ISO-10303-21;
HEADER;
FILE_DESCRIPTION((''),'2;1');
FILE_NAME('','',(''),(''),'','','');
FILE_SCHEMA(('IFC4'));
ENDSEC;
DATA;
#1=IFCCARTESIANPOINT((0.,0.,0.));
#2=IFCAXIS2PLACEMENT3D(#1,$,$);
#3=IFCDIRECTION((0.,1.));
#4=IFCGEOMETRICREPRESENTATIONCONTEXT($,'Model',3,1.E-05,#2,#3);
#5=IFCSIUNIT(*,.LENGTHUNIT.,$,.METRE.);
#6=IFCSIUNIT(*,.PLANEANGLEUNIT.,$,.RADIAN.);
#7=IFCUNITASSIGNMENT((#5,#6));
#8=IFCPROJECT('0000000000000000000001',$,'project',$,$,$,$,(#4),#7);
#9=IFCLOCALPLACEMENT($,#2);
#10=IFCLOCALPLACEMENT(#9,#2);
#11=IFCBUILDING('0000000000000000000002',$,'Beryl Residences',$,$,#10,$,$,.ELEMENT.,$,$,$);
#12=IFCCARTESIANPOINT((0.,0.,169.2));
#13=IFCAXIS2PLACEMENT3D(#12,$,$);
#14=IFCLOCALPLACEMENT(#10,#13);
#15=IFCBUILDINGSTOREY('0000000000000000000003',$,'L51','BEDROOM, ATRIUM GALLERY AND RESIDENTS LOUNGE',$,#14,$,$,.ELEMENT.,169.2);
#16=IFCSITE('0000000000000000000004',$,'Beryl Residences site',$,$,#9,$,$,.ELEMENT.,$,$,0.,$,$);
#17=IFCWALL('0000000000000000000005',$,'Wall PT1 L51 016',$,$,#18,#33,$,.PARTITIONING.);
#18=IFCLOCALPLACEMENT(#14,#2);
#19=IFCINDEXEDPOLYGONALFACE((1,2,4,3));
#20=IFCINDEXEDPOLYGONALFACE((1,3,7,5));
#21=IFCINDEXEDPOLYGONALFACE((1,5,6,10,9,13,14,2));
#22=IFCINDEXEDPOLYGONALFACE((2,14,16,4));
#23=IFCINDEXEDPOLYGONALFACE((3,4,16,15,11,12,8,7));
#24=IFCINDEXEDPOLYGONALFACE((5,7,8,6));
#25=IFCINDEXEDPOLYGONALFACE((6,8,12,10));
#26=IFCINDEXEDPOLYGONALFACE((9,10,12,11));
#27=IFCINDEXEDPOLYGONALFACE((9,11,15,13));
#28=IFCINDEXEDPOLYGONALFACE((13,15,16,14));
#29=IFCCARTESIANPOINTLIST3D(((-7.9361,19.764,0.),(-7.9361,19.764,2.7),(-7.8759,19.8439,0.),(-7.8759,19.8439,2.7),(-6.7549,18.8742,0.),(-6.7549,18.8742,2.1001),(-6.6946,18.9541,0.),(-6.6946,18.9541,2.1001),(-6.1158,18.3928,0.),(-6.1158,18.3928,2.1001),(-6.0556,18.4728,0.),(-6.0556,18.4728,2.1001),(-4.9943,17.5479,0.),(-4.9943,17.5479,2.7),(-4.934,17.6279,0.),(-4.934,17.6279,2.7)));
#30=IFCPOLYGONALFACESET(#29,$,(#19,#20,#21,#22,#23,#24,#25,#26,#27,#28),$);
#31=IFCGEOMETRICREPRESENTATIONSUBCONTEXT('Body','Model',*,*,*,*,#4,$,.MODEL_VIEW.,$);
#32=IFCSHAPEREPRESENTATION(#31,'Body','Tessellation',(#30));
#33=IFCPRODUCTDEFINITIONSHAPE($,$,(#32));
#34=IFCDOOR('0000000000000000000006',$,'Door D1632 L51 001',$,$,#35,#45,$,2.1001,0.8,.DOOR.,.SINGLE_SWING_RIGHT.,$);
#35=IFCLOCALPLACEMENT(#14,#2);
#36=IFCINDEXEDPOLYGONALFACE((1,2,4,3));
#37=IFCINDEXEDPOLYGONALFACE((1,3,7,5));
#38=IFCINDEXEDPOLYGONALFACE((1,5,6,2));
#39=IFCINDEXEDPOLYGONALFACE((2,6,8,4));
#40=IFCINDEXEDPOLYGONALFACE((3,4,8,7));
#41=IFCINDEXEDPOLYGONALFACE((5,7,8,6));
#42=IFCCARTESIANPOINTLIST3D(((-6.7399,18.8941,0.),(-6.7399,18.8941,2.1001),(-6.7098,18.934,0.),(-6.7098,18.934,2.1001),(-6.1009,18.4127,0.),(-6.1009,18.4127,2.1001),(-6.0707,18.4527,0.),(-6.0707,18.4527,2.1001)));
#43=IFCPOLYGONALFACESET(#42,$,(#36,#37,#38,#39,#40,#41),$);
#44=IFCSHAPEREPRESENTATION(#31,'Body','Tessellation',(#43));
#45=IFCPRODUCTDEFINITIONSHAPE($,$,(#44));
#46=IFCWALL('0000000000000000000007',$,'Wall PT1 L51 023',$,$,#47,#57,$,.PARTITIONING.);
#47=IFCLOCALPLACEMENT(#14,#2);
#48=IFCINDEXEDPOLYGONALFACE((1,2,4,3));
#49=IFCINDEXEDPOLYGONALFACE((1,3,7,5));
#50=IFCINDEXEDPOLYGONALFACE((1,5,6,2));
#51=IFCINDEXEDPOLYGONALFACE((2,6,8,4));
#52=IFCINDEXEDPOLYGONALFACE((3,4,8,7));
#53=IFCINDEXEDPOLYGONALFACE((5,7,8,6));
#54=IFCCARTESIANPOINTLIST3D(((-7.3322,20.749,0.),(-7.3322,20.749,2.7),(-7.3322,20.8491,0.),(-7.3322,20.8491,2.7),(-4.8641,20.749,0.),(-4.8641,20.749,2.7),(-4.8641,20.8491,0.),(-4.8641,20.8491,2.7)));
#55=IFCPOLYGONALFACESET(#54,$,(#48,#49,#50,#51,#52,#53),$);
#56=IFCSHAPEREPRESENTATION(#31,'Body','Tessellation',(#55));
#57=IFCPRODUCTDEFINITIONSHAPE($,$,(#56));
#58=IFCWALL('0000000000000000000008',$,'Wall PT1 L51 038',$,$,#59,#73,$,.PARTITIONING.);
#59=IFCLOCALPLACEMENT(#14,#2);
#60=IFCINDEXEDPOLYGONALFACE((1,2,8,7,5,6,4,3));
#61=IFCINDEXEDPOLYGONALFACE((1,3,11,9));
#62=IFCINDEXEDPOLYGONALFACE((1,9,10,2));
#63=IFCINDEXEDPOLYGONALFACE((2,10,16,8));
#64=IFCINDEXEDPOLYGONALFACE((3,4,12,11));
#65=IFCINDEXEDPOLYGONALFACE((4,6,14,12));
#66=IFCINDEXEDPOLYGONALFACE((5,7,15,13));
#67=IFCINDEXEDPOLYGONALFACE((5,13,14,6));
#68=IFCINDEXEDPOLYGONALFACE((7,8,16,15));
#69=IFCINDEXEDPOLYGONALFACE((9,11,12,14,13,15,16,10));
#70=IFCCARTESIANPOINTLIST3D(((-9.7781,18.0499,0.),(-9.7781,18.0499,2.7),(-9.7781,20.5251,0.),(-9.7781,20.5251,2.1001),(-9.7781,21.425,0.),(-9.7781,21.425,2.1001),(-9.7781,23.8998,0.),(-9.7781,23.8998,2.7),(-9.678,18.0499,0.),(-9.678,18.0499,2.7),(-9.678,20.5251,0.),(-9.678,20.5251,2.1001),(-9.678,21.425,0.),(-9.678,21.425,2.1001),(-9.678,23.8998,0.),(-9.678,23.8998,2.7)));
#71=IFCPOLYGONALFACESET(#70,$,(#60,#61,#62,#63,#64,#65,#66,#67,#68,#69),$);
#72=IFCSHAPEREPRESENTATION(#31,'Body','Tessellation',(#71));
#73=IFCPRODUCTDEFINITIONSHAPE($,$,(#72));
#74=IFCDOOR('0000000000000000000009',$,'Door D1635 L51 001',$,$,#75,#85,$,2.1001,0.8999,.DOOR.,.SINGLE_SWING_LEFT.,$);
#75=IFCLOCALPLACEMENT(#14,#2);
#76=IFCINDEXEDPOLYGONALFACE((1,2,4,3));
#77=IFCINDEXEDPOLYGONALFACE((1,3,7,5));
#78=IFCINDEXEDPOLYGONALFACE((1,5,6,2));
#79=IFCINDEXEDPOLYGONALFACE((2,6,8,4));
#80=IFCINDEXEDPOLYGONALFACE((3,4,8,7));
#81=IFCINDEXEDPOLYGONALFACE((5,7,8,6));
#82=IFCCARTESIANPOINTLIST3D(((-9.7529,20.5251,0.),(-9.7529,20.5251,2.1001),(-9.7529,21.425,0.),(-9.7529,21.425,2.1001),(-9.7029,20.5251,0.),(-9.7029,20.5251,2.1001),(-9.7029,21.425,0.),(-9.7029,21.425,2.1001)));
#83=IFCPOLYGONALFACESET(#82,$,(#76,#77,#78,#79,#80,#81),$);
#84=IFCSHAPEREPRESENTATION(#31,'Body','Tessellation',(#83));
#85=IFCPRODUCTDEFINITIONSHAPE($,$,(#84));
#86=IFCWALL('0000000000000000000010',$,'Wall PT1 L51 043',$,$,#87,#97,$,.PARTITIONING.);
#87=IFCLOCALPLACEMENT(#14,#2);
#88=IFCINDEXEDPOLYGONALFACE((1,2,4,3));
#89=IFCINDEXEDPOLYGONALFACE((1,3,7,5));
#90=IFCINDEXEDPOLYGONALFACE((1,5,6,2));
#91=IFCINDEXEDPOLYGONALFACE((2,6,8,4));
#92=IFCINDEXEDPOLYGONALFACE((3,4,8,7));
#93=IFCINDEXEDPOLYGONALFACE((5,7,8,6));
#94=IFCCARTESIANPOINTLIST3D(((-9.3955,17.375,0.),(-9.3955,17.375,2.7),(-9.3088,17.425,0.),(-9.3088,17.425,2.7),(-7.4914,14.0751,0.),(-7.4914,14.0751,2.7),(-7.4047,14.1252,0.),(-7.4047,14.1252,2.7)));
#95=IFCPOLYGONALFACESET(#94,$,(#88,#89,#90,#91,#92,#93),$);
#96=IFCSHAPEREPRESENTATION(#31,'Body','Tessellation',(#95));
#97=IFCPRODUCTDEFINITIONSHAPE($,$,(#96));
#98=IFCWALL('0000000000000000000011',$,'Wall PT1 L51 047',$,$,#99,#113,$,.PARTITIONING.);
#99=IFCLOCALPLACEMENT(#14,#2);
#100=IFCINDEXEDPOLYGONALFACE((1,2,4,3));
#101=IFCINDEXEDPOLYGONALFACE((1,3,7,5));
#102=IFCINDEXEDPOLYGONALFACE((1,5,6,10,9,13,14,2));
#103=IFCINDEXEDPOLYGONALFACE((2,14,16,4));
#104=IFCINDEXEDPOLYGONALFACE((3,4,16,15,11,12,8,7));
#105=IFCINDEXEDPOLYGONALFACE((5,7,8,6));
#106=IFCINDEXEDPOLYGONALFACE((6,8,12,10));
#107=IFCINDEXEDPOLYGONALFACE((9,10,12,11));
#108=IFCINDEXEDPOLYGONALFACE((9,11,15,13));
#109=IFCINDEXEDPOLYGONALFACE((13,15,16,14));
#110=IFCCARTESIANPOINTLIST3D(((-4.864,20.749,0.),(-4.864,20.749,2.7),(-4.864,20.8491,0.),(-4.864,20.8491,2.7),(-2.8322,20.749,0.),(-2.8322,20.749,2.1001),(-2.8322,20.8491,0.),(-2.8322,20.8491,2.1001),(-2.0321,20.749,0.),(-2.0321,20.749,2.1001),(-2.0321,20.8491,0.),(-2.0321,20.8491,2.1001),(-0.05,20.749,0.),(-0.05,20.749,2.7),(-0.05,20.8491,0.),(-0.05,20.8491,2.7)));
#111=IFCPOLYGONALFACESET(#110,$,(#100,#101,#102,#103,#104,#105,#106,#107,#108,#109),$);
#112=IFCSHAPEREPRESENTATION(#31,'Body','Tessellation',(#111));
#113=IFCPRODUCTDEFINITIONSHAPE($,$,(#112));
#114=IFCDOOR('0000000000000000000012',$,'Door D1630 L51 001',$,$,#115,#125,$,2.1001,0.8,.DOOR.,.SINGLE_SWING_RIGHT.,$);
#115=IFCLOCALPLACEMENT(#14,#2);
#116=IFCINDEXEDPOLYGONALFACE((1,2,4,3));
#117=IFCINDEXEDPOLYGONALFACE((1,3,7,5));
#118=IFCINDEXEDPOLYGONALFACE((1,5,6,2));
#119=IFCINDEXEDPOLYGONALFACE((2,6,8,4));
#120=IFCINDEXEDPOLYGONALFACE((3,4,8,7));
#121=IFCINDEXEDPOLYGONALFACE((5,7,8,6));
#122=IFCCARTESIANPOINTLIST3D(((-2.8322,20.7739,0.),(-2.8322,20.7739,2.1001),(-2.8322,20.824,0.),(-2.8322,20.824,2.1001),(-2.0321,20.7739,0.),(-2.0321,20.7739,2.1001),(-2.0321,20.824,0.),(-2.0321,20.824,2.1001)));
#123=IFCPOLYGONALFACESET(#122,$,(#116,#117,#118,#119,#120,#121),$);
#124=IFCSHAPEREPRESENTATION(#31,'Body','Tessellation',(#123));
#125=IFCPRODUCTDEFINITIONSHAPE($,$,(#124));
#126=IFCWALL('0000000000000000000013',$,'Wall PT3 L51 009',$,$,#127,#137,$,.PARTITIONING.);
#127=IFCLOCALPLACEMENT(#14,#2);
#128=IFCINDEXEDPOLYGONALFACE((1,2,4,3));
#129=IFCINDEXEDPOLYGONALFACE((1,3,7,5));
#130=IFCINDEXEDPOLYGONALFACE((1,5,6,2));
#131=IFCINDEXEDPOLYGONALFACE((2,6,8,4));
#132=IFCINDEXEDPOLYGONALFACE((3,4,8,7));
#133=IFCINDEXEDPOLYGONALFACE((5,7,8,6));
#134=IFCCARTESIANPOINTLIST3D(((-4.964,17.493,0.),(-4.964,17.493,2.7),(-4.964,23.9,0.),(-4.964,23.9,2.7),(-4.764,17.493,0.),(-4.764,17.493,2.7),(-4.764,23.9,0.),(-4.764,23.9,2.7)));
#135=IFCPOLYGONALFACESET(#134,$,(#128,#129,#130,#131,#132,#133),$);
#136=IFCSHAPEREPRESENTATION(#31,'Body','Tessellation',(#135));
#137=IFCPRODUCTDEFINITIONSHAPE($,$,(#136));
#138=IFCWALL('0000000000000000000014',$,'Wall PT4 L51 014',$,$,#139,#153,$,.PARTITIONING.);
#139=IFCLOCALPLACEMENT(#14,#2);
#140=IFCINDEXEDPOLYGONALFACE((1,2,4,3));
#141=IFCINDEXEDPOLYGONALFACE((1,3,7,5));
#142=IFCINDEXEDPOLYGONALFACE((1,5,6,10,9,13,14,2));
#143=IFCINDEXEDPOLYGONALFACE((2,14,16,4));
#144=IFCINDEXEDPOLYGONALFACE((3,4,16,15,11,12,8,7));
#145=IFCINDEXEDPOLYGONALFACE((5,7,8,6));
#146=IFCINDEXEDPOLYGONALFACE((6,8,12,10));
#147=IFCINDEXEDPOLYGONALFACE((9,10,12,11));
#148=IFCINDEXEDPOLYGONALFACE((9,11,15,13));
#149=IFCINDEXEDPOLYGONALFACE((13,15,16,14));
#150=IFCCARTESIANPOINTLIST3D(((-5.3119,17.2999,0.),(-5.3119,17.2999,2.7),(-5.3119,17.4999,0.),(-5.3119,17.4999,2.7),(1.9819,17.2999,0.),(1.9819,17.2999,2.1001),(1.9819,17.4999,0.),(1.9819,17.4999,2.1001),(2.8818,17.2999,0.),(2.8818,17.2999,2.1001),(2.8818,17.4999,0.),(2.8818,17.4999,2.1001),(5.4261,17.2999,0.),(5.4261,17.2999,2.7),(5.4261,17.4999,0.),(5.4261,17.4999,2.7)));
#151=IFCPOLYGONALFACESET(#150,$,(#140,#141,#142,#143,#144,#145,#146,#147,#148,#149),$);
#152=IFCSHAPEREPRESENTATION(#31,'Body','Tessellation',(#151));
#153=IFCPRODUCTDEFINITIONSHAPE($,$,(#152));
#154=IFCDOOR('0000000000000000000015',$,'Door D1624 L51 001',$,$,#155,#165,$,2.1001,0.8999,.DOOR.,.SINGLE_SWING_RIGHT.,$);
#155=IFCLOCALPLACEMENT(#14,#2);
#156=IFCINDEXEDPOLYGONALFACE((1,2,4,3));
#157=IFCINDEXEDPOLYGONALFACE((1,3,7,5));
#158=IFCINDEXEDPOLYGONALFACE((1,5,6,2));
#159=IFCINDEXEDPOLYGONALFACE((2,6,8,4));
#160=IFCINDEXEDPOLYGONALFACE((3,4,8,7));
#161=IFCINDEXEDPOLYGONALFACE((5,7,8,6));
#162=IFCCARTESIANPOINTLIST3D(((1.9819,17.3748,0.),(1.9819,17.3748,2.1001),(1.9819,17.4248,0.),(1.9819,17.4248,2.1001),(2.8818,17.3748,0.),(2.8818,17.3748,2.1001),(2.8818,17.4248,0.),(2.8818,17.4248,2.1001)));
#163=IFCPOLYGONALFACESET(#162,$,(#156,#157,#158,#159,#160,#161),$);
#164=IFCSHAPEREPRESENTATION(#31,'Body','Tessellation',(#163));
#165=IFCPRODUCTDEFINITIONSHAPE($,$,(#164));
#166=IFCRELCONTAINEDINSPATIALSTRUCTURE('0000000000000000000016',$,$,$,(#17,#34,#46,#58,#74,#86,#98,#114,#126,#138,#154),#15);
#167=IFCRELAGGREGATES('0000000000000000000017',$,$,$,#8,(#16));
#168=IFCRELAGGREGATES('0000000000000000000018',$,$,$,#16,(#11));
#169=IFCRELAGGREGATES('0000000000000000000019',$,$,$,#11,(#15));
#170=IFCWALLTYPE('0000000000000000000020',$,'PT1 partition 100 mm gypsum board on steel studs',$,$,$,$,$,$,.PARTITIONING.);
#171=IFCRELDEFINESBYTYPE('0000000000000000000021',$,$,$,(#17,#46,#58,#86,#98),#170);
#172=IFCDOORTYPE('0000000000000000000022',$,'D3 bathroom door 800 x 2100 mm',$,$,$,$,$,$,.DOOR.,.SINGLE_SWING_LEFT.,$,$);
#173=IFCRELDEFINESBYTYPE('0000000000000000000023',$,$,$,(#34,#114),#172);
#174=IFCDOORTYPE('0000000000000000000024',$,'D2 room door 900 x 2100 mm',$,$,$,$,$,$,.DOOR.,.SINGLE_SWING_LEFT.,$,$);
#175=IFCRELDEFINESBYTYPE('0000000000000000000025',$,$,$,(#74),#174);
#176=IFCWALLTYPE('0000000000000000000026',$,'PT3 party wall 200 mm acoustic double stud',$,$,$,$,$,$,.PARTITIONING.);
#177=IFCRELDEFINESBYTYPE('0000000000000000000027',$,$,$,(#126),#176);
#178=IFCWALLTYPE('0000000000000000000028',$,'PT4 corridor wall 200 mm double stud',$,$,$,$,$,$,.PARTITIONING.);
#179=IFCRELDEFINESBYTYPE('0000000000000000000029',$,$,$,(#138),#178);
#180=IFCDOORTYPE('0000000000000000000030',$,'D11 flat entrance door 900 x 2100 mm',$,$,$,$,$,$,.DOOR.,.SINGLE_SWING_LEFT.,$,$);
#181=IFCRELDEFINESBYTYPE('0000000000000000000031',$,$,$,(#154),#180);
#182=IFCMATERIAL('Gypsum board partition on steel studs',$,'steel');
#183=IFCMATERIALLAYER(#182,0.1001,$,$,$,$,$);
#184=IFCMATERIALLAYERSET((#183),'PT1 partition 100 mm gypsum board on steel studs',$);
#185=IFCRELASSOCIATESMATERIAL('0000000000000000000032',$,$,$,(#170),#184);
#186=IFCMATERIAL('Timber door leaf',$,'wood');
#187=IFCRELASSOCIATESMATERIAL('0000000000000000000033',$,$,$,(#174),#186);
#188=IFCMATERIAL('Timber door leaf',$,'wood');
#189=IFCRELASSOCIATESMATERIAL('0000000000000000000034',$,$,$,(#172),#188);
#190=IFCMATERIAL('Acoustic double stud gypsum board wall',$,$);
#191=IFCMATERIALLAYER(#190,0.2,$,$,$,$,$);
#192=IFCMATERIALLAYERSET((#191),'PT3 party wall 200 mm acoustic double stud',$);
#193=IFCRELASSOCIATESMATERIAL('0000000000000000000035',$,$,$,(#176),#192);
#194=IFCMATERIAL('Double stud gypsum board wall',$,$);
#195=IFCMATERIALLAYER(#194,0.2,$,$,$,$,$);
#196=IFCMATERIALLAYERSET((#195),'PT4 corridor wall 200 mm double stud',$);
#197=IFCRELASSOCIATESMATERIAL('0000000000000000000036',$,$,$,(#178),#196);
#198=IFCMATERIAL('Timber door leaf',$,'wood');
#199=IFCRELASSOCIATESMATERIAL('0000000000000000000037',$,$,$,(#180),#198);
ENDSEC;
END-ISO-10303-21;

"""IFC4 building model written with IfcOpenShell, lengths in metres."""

from ifc_helpers import new_model, si_unit, direction, frame, frame_2d, origin, place, context, subcontext, project, spatial, rectangle, extrude, material, layer, layer_set, type_object, element, fill, save


model = new_model("IFC4")

# Units and contexts
model_context = context("Model", 3, precision=1e-05, world=origin(), true_north=direction((0.0, 1.0)))
body_context = subcontext(model_context, "Body", "Model", "MODEL_VIEW")
ifc_project = project(units=[si_unit("LENGTHUNIT", "METRE"), si_unit("PLANEANGLEUNIT", "RADIAN")], contexts=[model_context])

# Site, building, storey
site_placement = place(None, origin())
site = spatial("IfcSite", under=ifc_project, at=site_placement, Name="Beryl Residences site", CompositionType="ELEMENT", RefElevation=0.0)
building_placement = place(site_placement, origin())
building = spatial("IfcBuilding", under=site, at=building_placement, Name="Beryl Residences", CompositionType="ELEMENT")
storey_placement = place(building_placement, frame((0.0, 0.0, 169.2)))
storey = spatial("IfcBuildingStorey", under=building, at=storey_placement, Name="L51", Description="BEDROOM, ATRIUM GALLERY AND RESIDENTS LOUNGE", CompositionType="ELEMENT", Elevation=169.2)

# Shared definitions
ifc_material_1 = material(Name="Gypsum board partition on steel studs", Category="steel")
ifc_layer_1 = layer(ifc_material_1, 0.1001)
ifc_layer_set_1 = layer_set([ifc_layer_1], Name="PT1 partition 100 mm gypsum board on steel studs")
wall_type_1 = type_object("IfcWallType", Name="PT1 partition 100 mm gypsum board on steel studs", PredefinedType="PARTITIONING", material=ifc_layer_set_1)

# Wall, opening, door
ifc_material_2 = material(Name="Timber door leaf", Category="wood")
door_type_1 = type_object("IfcDoorType", Name="D2 room door 900 x 2100 mm", OperationType="SINGLE_SWING_LEFT", PredefinedType="DOOR", material=ifc_material_2)
wall_1_placement = place(storey_placement, frame((-7.906, 19.804, 0.0), z_axis=(0.0, 0.0, 1.0), x_axis=(0.798741, -0.601674, 0.0)))
wall_1 = element("IfcWall", 1, at=wall_1_placement, inside=storey, type_object=wall_type_1, Name="Wall PT1 L51 016", PredefinedType="PARTITIONING", context=body_context, shape_type="SweptSolid", body=[
    extrude(rectangle(XDim=3.6831, YDim=0.1001, at=frame_2d((1.8416, 0.0))), origin(), (0.0, 0.0, 1.0), 2.7),
])
opening_1_placement = place(wall_1_placement, frame((1.479, 0.0, 0.0)))
opening_1 = element("IfcOpeningElement", 2, at=opening_1_placement, cuts=wall_1, PredefinedType="OPENING", context=body_context, shape_type="SweptSolid", body=[
    extrude(rectangle(XDim=0.8, YDim=2.1001, at=frame_2d((0.3999, 1.05))), frame((0.0, 0.0601, 0.0), z_axis=(0.0, -1.0, 0.0), x_axis=(1.0, 0.0, 0.0)), (0.0, 0.0, 1.0), 0.1201),
])
ifc_material_3 = material(Name="Timber door leaf", Category="wood")
door_type_2 = type_object("IfcDoorType", Name="D3 bathroom door 800 x 2100 mm", OperationType="SINGLE_SWING_LEFT", PredefinedType="DOOR", material=ifc_material_3)
door_1_placement = place(opening_1_placement, origin())
door_1 = element("IfcDoor", 3, at=door_1_placement, inside=storey, type_object=door_type_2, Name="Door D1632 L51 001", OperationType="SINGLE_SWING_RIGHT", OverallHeight=2.1001, OverallWidth=0.8, PredefinedType="DOOR", context=body_context, shape_type="SweptSolid", body=[
    extrude(rectangle(XDim=0.8, YDim=2.1001, at=frame_2d((0.3999, 1.05))), frame((0.0, 0.0249, 0.0), z_axis=(0.0, -1.0, 0.0), x_axis=(1.0, 0.0, 0.0)), (0.0, 0.0, 1.0), 0.05),
])
fill(opening_1, door_1)

# Wall
wall_2_placement = place(storey_placement, frame((-7.332, 20.7991, 0.0), z_axis=(0.0, 0.0, 1.0), x_axis=(1.0, 0.0, 0.0)))
element("IfcWall", 4, at=wall_2_placement, inside=storey, type_object=wall_type_1, Name="Wall PT1 L51 023", PredefinedType="PARTITIONING", context=body_context, shape_type="SweptSolid", body=[
    extrude(rectangle(XDim=2.468, YDim=0.1001, at=frame_2d((1.2339, 0.0))), origin(), (0.0, 0.0, 1.0), 2.7),
])

# Wall, opening, door
wall_3_placement = place(storey_placement, frame((-9.728, 18.05, 0.0), z_axis=(0.0, 0.0, 1.0), x_axis=(0.0, 1.0, 0.0)))
wall_3 = element("IfcWall", 5, at=wall_3_placement, inside=storey, type_object=wall_type_1, Name="Wall PT1 L51 038", PredefinedType="PARTITIONING", context=body_context, shape_type="SweptSolid", body=[
    extrude(rectangle(XDim=5.8499, YDim=0.1001, at=frame_2d((2.9248, 0.0))), origin(), (0.0, 0.0, 1.0), 2.7),
])
opening_2_placement = place(wall_3_placement, frame((2.4751, 0.0, 0.0)))
opening_2 = element("IfcOpeningElement", 6, at=opening_2_placement, cuts=wall_3, PredefinedType="OPENING", context=body_context, shape_type="SweptSolid", body=[
    extrude(rectangle(XDim=0.8999, YDim=2.1001, at=frame_2d((0.45, 1.05))), frame((0.0, 0.0601, 0.0), z_axis=(0.0, -1.0, 0.0), x_axis=(1.0, 0.0, 0.0)), (0.0, 0.0, 1.0), 0.1201),
])
door_2_placement = place(opening_2_placement, origin())
door_2 = element("IfcDoor", 7, at=door_2_placement, inside=storey, type_object=door_type_1, Name="Door D1635 L51 001", OperationType="SINGLE_SWING_LEFT", OverallHeight=2.1001, OverallWidth=0.8999, PredefinedType="DOOR", context=body_context, shape_type="SweptSolid", body=[
    extrude(rectangle(XDim=0.8999, YDim=2.1001, at=frame_2d((0.45, 1.05))), frame((0.0, 0.0249, 0.0), z_axis=(0.0, -1.0, 0.0), x_axis=(1.0, 0.0, 0.0)), (0.0, 0.0, 1.0), 0.05),
])
fill(opening_2, door_2)

# Wall
wall_4_placement = place(storey_placement, frame((-9.3521, 17.3999, 0.0), z_axis=(0.0, 0.0, 1.0), x_axis=(0.499785, -0.866149, 0.0)))
element("IfcWall", 8, at=wall_4_placement, inside=storey, type_object=wall_type_1, Name="Wall PT1 L51 043", PredefinedType="PARTITIONING", context=body_context, shape_type="SweptSolid", body=[
    extrude(rectangle(XDim=3.8098, YDim=0.1001, at=frame_2d((1.9048, 0.0))), origin(), (0.0, 0.0, 1.0), 2.7),
])

# Wall, opening, door
wall_5_placement = place(storey_placement, frame((-4.864, 20.7991, 0.0), z_axis=(0.0, 0.0, 1.0), x_axis=(1.0, 0.0, 0.0)))
wall_5 = element("IfcWall", 9, at=wall_5_placement, inside=storey, type_object=wall_type_1, Name="Wall PT1 L51 047", PredefinedType="PARTITIONING", context=body_context, shape_type="SweptSolid", body=[
    extrude(rectangle(XDim=4.814, YDim=0.1001, at=frame_2d((2.407, 0.0))), origin(), (0.0, 0.0, 1.0), 2.7),
])
opening_3_placement = place(wall_5_placement, frame((2.032, 0.0, 0.0)))
opening_3 = element("IfcOpeningElement", 10, at=opening_3_placement, cuts=wall_5, PredefinedType="OPENING", context=body_context, shape_type="SweptSolid", body=[
    extrude(rectangle(XDim=0.8, YDim=2.1001, at=frame_2d((0.3999, 1.05))), frame((0.0, 0.0601, 0.0), z_axis=(0.0, -1.0, 0.0), x_axis=(1.0, 0.0, 0.0)), (0.0, 0.0, 1.0), 0.1201),
])
door_3_placement = place(opening_3_placement, origin())
door_3 = element("IfcDoor", 11, at=door_3_placement, inside=storey, type_object=door_type_2, Name="Door D1630 L51 001", OperationType="SINGLE_SWING_RIGHT", OverallHeight=2.1001, OverallWidth=0.8, PredefinedType="DOOR", context=body_context, shape_type="SweptSolid", body=[
    extrude(rectangle(XDim=0.8, YDim=2.1001, at=frame_2d((0.3999, 1.05))), frame((0.0, 0.0249, 0.0), z_axis=(0.0, -1.0, 0.0), x_axis=(1.0, 0.0, 0.0)), (0.0, 0.0, 1.0), 0.05),
])
fill(opening_3, door_3)

# Wall
ifc_material_4 = material(Name="Acoustic double stud gypsum board wall")
ifc_layer_2 = layer(ifc_material_4, 0.2)
ifc_layer_set_2 = layer_set([ifc_layer_2], Name="PT3 party wall 200 mm acoustic double stud")
wall_type_2 = type_object("IfcWallType", Name="PT3 party wall 200 mm acoustic double stud", PredefinedType="PARTITIONING", material=ifc_layer_set_2)
wall_6_placement = place(storey_placement, frame((-4.864, 17.4929, 0.0), z_axis=(0.0, 0.0, 1.0), x_axis=(0.0, 1.0, 0.0)))
element("IfcWall", 12, at=wall_6_placement, inside=storey, type_object=wall_type_2, Name="Wall PT3 L51 009", PredefinedType="PARTITIONING", context=body_context, shape_type="SweptSolid", body=[
    extrude(rectangle(XDim=6.407, YDim=0.2, at=frame_2d((3.2036, 0.0))), origin(), (0.0, 0.0, 1.0), 2.7),
])

# Wall, opening, door
ifc_material_5 = material(Name="Double stud gypsum board wall")
ifc_layer_3 = layer(ifc_material_5, 0.2)
ifc_layer_set_3 = layer_set([ifc_layer_3], Name="PT4 corridor wall 200 mm double stud")
wall_type_3 = type_object("IfcWallType", Name="PT4 corridor wall 200 mm double stud", PredefinedType="PARTITIONING", material=ifc_layer_set_3)
wall_7_placement = place(storey_placement, frame((-5.312, 17.3999, 0.0), z_axis=(0.0, 0.0, 1.0), x_axis=(1.0, 0.0, 0.0)))
wall_7 = element("IfcWall", 13, at=wall_7_placement, inside=storey, type_object=wall_type_3, Name="Wall PT4 L51 014", PredefinedType="PARTITIONING", context=body_context, shape_type="SweptSolid", body=[
    extrude(rectangle(XDim=10.738, YDim=0.2, at=frame_2d((5.3691, 0.0))), origin(), (0.0, 0.0, 1.0), 2.7),
])
opening_4_placement = place(wall_7_placement, frame((7.2939, 0.0, 0.0)))
opening_4 = element("IfcOpeningElement", 14, at=opening_4_placement, cuts=wall_7, PredefinedType="OPENING", context=body_context, shape_type="SweptSolid", body=[
    extrude(rectangle(XDim=0.8999, YDim=2.1001, at=frame_2d((0.45, 1.05))), frame((0.0, 0.1099, 0.0), z_axis=(0.0, -1.0, 0.0), x_axis=(1.0, 0.0, 0.0)), (0.0, 0.0, 1.0), 0.22),
])
ifc_material_6 = material(Name="Timber door leaf", Category="wood")
door_type_3 = type_object("IfcDoorType", Name="D11 flat entrance door 900 x 2100 mm", OperationType="SINGLE_SWING_LEFT", PredefinedType="DOOR", material=ifc_material_6)
door_4_placement = place(opening_4_placement, origin())
door_4 = element("IfcDoor", 15, at=door_4_placement, inside=storey, type_object=door_type_3, Name="Door D1624 L51 001", OperationType="SINGLE_SWING_RIGHT", OverallHeight=2.1001, OverallWidth=0.8999, PredefinedType="DOOR", context=body_context, shape_type="SweptSolid", body=[
    extrude(rectangle(XDim=0.8999, YDim=2.1001, at=frame_2d((0.45, 1.05))), frame((0.0, 0.0249, 0.0), z_axis=(0.0, -1.0, 0.0), x_axis=(1.0, 0.0, 0.0)), (0.0, 0.0, 1.0), 0.05),
])
fill(opening_4, door_4)

save(model, "model.ifc")
